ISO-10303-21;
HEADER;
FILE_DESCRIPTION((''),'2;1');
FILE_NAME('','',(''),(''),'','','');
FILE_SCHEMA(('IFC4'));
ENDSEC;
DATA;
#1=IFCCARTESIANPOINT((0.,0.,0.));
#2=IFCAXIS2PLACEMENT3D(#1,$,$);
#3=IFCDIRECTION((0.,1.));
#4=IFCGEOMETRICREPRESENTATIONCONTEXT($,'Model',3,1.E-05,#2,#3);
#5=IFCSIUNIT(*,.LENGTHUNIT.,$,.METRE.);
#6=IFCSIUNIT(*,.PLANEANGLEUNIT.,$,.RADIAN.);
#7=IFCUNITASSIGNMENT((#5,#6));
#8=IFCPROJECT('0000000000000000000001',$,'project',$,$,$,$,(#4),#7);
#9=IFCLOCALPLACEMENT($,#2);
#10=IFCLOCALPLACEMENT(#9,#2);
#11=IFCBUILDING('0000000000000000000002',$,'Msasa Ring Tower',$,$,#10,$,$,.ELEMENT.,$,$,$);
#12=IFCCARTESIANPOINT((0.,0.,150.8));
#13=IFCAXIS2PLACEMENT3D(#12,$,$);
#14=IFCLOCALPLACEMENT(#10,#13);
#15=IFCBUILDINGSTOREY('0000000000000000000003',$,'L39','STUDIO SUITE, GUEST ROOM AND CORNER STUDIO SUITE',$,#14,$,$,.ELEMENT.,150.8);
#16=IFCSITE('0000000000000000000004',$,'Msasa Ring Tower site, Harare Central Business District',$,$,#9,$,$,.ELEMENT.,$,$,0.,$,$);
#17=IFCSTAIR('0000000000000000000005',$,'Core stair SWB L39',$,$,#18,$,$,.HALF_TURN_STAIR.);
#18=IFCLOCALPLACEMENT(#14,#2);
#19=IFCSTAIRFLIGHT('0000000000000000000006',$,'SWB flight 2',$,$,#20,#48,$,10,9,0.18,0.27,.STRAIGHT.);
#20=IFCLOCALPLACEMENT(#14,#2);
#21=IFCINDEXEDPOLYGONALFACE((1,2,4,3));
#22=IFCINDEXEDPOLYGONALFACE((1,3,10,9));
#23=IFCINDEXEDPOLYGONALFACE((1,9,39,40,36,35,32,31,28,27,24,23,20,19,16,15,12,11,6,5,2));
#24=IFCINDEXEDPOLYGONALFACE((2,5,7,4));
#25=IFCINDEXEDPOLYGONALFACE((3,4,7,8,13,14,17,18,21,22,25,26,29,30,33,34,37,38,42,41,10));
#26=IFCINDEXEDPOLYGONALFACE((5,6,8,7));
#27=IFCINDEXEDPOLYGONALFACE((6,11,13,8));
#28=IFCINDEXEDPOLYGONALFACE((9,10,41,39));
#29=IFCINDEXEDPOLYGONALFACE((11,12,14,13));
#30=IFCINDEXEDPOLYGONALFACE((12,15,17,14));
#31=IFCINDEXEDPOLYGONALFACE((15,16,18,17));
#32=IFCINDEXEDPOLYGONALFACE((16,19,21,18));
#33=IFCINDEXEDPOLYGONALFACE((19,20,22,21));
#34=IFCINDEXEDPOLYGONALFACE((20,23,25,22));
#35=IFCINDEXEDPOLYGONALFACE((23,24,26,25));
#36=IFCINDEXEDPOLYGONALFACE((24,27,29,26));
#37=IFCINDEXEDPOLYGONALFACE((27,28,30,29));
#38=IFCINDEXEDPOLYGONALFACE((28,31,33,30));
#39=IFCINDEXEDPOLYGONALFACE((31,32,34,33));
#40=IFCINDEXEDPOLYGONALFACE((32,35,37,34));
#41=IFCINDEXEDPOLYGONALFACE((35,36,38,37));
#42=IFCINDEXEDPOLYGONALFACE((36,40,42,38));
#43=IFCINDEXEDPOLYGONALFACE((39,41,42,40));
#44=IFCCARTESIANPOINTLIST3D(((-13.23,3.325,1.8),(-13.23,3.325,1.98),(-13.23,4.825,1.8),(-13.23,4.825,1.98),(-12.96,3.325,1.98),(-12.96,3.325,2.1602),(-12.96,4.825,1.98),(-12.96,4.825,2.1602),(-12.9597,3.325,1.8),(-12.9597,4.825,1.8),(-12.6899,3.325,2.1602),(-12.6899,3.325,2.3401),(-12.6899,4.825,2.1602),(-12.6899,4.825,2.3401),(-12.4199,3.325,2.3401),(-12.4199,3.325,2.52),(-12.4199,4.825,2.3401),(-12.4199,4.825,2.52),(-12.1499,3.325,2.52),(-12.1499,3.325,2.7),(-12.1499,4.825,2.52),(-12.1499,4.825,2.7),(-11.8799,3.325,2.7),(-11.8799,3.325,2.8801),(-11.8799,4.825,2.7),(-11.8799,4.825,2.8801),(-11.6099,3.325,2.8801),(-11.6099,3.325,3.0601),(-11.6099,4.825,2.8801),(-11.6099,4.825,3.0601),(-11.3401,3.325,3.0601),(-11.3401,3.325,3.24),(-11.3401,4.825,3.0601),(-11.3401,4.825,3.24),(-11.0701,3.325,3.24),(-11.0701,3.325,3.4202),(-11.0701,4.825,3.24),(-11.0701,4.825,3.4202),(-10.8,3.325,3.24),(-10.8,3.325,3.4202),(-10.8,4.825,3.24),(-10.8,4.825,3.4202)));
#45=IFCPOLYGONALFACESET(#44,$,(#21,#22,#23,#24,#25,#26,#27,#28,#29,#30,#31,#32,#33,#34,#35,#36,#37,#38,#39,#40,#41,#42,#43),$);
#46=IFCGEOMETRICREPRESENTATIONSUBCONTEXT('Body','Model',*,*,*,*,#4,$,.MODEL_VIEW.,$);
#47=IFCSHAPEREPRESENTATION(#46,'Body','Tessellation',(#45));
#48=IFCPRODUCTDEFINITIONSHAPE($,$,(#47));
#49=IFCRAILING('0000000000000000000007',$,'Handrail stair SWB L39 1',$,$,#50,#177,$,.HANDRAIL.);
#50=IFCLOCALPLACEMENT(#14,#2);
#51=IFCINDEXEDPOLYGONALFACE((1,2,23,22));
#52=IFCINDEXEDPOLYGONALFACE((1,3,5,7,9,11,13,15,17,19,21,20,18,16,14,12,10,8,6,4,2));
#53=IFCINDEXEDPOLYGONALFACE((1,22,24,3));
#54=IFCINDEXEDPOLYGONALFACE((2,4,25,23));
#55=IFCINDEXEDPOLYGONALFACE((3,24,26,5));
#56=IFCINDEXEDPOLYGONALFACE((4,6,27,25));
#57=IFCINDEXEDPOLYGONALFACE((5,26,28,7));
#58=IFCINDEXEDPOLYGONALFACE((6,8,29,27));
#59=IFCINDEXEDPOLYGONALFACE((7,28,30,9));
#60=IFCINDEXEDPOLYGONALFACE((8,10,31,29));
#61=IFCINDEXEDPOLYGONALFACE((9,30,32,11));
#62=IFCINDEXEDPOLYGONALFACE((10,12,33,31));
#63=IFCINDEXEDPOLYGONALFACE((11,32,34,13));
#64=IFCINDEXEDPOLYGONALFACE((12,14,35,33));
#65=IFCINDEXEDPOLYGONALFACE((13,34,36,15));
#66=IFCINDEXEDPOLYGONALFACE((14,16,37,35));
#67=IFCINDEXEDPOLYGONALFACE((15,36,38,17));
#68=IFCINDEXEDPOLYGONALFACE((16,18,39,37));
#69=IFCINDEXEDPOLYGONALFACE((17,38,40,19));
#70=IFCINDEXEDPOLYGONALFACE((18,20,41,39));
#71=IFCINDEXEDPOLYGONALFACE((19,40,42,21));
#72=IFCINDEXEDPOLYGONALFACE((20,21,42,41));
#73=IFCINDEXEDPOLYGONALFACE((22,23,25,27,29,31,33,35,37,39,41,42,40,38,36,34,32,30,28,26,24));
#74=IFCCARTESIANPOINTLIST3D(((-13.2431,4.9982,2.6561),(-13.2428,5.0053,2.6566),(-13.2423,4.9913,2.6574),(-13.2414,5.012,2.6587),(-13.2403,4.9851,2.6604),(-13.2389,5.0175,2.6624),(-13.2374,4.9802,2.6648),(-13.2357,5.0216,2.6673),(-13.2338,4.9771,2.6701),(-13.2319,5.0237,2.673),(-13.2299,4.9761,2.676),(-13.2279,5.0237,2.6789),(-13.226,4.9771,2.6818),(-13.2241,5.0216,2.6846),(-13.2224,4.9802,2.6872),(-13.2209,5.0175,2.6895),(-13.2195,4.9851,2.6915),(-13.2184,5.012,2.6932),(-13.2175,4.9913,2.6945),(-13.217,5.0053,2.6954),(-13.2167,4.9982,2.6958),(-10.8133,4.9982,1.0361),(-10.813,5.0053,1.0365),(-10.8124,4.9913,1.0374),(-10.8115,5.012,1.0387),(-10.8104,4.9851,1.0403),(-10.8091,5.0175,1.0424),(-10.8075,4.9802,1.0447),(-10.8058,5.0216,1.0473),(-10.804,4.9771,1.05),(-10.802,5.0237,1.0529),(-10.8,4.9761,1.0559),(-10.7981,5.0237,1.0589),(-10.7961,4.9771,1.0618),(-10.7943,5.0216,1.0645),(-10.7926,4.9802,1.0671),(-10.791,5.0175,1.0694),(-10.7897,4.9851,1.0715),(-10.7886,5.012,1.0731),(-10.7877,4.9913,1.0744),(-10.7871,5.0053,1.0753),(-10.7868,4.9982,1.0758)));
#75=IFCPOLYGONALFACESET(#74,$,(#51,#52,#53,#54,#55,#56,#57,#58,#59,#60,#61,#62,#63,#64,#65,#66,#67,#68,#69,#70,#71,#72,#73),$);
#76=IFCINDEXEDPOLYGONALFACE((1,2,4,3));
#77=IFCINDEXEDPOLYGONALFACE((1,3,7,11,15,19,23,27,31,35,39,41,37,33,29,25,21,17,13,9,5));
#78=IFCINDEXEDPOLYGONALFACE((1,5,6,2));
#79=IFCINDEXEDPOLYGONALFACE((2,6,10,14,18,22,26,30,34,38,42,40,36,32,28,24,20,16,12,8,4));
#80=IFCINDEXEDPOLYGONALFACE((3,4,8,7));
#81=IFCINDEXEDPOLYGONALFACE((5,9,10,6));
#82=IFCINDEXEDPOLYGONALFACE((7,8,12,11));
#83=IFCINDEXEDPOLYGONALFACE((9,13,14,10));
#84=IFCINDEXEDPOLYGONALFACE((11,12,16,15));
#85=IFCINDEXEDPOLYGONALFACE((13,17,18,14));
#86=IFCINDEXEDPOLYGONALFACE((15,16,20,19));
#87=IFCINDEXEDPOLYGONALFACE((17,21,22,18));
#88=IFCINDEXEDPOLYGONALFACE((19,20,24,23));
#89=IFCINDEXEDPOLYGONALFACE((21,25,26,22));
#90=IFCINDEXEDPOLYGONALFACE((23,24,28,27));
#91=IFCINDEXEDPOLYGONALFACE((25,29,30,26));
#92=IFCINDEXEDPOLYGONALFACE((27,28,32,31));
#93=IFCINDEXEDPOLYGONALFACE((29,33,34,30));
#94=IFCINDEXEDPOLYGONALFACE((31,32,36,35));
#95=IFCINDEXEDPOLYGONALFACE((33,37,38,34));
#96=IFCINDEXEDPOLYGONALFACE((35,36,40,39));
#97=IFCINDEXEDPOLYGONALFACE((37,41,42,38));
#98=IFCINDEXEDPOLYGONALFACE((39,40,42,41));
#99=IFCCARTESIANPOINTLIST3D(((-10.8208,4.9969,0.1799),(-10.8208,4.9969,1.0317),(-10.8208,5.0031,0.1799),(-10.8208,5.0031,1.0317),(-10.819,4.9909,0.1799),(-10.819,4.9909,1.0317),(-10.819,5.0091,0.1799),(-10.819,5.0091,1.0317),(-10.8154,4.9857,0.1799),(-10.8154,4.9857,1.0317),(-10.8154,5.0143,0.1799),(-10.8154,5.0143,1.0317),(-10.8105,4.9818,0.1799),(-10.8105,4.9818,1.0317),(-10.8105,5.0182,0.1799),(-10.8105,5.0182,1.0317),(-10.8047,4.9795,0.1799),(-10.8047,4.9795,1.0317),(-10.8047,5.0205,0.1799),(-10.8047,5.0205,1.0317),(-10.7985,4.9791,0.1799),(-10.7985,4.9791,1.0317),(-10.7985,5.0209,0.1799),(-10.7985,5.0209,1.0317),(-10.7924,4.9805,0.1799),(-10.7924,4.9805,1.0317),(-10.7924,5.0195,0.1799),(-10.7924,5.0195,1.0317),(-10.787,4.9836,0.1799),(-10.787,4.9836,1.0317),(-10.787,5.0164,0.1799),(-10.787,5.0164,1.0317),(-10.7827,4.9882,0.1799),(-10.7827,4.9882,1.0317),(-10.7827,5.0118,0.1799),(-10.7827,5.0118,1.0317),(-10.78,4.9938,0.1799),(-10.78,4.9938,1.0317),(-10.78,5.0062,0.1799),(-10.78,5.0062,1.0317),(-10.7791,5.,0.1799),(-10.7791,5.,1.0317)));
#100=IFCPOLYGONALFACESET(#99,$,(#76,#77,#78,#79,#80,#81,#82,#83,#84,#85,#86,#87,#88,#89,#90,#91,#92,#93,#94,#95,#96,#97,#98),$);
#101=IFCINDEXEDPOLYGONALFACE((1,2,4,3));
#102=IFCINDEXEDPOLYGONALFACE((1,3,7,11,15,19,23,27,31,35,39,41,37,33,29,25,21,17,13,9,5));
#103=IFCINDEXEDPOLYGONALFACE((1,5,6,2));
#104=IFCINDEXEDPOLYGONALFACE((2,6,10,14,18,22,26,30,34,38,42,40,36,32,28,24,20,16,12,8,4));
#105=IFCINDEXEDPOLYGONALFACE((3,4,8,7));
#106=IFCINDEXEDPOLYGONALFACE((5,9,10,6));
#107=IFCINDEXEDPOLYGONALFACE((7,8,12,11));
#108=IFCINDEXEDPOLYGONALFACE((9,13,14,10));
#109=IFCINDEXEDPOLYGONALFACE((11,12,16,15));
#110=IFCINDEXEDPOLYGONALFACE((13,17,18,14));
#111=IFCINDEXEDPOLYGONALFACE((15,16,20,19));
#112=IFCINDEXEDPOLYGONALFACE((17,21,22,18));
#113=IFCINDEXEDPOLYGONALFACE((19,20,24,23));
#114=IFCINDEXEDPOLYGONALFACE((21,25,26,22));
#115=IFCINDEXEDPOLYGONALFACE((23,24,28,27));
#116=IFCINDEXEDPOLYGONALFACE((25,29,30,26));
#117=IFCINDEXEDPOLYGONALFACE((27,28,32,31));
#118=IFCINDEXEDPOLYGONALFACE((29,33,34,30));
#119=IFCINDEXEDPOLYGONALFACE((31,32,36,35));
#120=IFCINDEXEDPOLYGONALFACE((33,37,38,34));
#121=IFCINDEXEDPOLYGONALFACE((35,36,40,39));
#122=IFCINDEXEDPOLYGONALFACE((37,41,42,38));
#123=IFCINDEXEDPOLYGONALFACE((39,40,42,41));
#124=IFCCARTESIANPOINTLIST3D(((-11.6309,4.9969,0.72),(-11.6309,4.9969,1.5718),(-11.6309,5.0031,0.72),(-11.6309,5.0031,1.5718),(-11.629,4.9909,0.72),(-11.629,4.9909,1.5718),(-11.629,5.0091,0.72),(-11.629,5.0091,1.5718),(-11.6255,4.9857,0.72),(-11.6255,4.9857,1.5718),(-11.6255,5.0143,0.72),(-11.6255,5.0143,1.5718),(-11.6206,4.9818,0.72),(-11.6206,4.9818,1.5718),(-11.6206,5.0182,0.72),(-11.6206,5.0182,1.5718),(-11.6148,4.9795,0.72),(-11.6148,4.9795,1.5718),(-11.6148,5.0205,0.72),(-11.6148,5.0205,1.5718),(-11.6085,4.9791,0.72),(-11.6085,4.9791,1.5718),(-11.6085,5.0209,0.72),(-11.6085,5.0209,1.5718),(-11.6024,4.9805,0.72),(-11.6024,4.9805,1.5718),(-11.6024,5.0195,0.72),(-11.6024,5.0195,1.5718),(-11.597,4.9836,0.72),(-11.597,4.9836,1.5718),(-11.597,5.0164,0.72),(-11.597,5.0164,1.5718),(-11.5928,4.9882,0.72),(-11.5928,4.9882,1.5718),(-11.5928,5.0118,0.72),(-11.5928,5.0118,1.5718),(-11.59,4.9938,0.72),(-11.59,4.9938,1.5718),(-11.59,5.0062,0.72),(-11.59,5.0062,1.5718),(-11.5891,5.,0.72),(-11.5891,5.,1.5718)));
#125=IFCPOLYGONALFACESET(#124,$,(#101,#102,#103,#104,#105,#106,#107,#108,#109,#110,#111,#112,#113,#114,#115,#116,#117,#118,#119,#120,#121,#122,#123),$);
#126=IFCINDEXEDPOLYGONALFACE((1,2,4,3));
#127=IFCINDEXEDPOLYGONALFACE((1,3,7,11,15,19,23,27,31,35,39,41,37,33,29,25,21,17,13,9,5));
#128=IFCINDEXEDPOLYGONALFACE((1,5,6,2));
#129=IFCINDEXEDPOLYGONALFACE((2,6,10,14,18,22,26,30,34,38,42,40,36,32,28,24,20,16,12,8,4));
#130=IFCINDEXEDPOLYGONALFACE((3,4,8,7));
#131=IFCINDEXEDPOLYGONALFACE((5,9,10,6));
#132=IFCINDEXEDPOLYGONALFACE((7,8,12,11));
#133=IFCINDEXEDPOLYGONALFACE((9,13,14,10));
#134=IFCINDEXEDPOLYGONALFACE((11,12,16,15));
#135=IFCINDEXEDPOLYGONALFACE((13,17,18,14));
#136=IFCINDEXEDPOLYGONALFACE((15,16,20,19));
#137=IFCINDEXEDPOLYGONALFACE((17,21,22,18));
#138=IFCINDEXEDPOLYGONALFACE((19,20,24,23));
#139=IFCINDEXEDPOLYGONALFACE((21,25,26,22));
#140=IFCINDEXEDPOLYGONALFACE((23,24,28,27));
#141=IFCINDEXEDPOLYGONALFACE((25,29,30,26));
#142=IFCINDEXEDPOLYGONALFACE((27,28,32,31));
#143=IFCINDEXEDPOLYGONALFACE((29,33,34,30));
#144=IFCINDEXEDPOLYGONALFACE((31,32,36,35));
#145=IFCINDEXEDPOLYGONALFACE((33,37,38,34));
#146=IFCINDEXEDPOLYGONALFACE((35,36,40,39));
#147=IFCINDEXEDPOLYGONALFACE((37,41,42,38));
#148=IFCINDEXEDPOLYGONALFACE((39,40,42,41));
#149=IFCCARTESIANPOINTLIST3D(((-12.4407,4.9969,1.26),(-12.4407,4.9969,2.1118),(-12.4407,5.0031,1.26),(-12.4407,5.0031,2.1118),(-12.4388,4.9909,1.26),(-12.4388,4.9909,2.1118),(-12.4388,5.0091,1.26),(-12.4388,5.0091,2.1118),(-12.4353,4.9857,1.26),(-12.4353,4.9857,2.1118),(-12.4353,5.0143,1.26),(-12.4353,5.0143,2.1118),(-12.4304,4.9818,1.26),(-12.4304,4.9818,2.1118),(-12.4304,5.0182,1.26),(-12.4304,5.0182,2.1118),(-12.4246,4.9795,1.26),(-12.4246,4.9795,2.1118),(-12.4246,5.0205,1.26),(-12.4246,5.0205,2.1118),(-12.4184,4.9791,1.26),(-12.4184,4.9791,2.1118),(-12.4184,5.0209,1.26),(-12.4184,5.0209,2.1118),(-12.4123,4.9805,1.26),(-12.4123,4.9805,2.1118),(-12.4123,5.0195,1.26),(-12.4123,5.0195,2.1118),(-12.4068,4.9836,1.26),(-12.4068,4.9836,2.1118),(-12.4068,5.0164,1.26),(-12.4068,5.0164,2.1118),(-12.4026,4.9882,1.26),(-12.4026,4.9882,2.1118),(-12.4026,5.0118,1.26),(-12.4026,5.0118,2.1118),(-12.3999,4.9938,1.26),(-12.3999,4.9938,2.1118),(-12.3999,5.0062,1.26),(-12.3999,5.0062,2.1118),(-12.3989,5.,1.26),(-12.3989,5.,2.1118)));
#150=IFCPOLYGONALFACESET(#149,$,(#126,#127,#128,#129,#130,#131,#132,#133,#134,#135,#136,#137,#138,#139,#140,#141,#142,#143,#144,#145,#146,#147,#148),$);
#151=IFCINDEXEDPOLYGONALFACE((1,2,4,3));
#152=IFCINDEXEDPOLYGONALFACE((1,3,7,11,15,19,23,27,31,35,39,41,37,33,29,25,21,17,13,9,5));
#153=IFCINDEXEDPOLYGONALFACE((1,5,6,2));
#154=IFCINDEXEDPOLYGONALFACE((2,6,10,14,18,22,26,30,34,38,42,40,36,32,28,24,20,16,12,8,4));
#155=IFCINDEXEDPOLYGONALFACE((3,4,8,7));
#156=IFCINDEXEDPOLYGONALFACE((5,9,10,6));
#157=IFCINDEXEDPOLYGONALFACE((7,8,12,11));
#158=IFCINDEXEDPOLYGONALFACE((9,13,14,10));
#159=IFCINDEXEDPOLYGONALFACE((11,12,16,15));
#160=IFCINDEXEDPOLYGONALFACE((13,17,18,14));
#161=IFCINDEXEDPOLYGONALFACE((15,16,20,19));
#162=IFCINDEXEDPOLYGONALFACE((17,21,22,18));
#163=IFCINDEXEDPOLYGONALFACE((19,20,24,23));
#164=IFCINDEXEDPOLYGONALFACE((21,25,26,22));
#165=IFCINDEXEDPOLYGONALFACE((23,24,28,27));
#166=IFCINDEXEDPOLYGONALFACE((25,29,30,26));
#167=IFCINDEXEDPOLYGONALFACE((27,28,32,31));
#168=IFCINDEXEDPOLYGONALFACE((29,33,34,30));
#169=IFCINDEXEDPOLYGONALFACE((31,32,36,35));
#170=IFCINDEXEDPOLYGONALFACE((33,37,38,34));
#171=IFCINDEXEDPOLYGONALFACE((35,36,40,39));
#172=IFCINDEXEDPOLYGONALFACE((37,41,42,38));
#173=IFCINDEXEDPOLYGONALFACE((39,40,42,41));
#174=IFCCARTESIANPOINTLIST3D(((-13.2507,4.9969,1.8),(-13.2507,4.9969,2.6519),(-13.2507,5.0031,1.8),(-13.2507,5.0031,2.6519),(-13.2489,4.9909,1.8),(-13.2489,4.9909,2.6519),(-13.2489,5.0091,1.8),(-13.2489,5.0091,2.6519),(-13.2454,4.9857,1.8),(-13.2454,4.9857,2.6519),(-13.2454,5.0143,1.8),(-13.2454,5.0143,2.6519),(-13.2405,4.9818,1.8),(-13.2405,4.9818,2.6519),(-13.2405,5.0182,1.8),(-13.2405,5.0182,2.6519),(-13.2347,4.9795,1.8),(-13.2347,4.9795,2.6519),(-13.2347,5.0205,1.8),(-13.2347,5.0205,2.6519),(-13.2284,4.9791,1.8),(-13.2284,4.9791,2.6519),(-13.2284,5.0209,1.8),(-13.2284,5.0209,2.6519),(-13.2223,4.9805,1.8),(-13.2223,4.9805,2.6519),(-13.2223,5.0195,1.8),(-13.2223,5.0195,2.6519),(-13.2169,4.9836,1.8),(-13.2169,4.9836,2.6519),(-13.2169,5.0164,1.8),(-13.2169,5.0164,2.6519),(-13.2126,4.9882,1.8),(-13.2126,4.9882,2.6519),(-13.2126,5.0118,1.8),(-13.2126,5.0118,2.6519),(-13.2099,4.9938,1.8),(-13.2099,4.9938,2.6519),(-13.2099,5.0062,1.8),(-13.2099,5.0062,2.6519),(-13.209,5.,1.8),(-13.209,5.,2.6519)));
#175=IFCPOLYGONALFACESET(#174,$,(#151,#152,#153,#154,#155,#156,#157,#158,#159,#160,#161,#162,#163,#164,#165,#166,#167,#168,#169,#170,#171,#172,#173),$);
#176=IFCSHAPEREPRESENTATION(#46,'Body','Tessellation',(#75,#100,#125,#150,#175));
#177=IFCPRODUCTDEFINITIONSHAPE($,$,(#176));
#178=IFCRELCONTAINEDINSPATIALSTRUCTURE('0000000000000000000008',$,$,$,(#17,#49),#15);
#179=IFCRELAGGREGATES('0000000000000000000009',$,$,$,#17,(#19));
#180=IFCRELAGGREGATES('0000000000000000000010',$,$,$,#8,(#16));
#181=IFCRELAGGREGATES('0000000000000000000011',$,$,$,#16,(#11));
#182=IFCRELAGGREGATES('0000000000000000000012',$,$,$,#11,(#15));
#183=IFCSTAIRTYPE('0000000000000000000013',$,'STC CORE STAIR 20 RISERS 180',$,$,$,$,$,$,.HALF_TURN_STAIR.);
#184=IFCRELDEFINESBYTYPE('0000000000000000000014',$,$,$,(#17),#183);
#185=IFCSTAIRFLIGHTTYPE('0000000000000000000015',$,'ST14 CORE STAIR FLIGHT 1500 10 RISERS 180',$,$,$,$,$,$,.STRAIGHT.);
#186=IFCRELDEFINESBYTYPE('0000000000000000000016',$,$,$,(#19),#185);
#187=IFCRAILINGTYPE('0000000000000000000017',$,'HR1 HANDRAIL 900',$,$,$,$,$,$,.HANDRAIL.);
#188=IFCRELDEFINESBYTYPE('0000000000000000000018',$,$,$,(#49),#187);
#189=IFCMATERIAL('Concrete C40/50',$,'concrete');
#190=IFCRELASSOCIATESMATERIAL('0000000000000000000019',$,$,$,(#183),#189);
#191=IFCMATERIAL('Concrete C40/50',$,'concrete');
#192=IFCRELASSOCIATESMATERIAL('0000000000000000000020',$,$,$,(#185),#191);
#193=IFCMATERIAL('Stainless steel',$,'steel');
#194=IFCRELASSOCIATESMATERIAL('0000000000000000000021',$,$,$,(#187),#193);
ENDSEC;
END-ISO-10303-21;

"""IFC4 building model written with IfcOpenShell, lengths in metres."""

from ifc_helpers import new_model, si_unit, direction, frame, origin, origin_2d, place, context, subcontext, project, spatial, polyline, circle, outline, extrude, material, type_object, element, aggregate, save


model = new_model("IFC4")

# Units and contexts
model_context = context("Model", 3, precision=1e-05, world=origin(), true_north=direction((0.0, 1.0)))
body_context = subcontext(model_context, "Body", "Model", "MODEL_VIEW")
ifc_project = project(units=[si_unit("LENGTHUNIT", "METRE"), si_unit("PLANEANGLEUNIT", "RADIAN")], contexts=[model_context])

# Site, building, storey
site_placement = place(None, origin())
site = spatial("IfcSite", under=ifc_project, at=site_placement, Name="Msasa Ring Tower site, Harare Central Business District", CompositionType="ELEMENT", RefElevation=0.0)
building_placement = place(site_placement, origin())
building = spatial("IfcBuilding", under=site, at=building_placement, Name="Msasa Ring Tower", CompositionType="ELEMENT")
storey_placement = place(building_placement, frame((0.0, 0.0, 150.8)))
storey = spatial("IfcBuildingStorey", under=building, at=storey_placement, Name="L39", Description="STUDIO SUITE, GUEST ROOM AND CORNER STUDIO SUITE", CompositionType="ELEMENT", Elevation=150.8)

# Stair, stair flight
ifc_material_1 = material(Name="Concrete C40/50", Category="concrete")
stair_type = type_object("IfcStairType", Name="STC CORE STAIR 20 RISERS 180", PredefinedType="HALF_TURN_STAIR", material=ifc_material_1)
stair_placement = place(storey_placement, origin())
stair = element("IfcStair", 1, at=stair_placement, inside=storey, type_object=stair_type, Name="Core stair SWB L39", PredefinedType="HALF_TURN_STAIR")
ifc_material_2 = material(Name="Concrete C40/50", Category="concrete")
stair_flight_type = type_object("IfcStairFlightType", Name="ST14 CORE STAIR FLIGHT 1500 10 RISERS 180", PredefinedType="STRAIGHT", material=ifc_material_2)
stair_flight_1_placement = place(storey_placement, frame((-13.23, 4.075, 1.8), z_axis=(0.0, 0.0, 1.0), x_axis=(1.0, 0.0, 0.0)))
stair_flight_1 = element("IfcStairFlight", 2, at=stair_flight_1_placement, type_object=stair_flight_type, Name="SWB flight 2", NumberOfRisers=10, NumberOfTreads=9, PredefinedType="STRAIGHT", RiserHeight=0.18, TreadLength=0.27, context=body_context, shape_type="SweptSolid", body=[
    extrude(outline(polyline([(0.0, 0.0), (0.0, 0.1799), (0.27, 0.1799), (0.27, 0.3601), (0.54, 0.3601), (0.54, 0.54), (0.8101, 0.54), (0.8101, 0.72), (1.0801, 0.72), (1.0801, 0.8999), (1.3501, 0.8999), (1.3501, 1.0801), (1.6201, 1.0801), (1.6201, 1.26), (1.8899, 1.26), (1.8899, 1.4399), (2.1599, 1.4399), (2.1599, 1.6201), (2.4299, 1.6201), (2.4299, 1.8), (2.4299, 1.4399), (0.2703, 0.0), (0.0, 0.0)])), frame((0.0, 0.75, 0.0), z_axis=(0.0, -1.0, 0.0), x_axis=(1.0, 0.0, 0.0)), (0.0, 0.0, 1.0), 1.5),
])
aggregate(stair, [stair_flight_1])

# Railing
ifc_material_3 = material(Name="Stainless steel", Category="steel")
railing_type = type_object("IfcRailingType", Name="HR1 HANDRAIL 900", PredefinedType="HANDRAIL", material=ifc_material_3)
for number, where, name in (
    (3, (-10.8, 5.0, 0.1799), "Handrail stair SWB L39 1"),
):
    element("IfcRailing", number, at=place(storey_placement, frame(where)), inside=storey, type_object=railing_type, Name=name, PredefinedType="HANDRAIL", context=body_context, shape_type="SweptSolid", body=[
        extrude(circle(Radius=0.0239, at=origin_2d()), frame((0.0, 0.0, 0.876), z_axis=(-0.832025, 0.0, 0.554739), x_axis=(0.0, -1.0, 0.0)), (0.0, 0.0, 1.0), 2.9204),
        extrude(circle(Radius=0.021, at=origin_2d()), origin(), (0.0, 0.0, 1.0), 0.8518),
        extrude(circle(Radius=0.021, at=origin_2d()), frame((-0.8101, 0.0, 0.54)), (0.0, 0.0, 1.0), 0.8518),
        extrude(circle(Radius=0.021, at=origin_2d()), frame((-1.6199, 0.0, 1.0801)), (0.0, 0.0, 1.0), 0.8518),
        extrude(circle(Radius=0.021, at=origin_2d()), frame((-2.4299, 0.0, 1.6201)), (0.0, 0.0, 1.0), 0.8518),
    ])

save(model, "model.ifc")
